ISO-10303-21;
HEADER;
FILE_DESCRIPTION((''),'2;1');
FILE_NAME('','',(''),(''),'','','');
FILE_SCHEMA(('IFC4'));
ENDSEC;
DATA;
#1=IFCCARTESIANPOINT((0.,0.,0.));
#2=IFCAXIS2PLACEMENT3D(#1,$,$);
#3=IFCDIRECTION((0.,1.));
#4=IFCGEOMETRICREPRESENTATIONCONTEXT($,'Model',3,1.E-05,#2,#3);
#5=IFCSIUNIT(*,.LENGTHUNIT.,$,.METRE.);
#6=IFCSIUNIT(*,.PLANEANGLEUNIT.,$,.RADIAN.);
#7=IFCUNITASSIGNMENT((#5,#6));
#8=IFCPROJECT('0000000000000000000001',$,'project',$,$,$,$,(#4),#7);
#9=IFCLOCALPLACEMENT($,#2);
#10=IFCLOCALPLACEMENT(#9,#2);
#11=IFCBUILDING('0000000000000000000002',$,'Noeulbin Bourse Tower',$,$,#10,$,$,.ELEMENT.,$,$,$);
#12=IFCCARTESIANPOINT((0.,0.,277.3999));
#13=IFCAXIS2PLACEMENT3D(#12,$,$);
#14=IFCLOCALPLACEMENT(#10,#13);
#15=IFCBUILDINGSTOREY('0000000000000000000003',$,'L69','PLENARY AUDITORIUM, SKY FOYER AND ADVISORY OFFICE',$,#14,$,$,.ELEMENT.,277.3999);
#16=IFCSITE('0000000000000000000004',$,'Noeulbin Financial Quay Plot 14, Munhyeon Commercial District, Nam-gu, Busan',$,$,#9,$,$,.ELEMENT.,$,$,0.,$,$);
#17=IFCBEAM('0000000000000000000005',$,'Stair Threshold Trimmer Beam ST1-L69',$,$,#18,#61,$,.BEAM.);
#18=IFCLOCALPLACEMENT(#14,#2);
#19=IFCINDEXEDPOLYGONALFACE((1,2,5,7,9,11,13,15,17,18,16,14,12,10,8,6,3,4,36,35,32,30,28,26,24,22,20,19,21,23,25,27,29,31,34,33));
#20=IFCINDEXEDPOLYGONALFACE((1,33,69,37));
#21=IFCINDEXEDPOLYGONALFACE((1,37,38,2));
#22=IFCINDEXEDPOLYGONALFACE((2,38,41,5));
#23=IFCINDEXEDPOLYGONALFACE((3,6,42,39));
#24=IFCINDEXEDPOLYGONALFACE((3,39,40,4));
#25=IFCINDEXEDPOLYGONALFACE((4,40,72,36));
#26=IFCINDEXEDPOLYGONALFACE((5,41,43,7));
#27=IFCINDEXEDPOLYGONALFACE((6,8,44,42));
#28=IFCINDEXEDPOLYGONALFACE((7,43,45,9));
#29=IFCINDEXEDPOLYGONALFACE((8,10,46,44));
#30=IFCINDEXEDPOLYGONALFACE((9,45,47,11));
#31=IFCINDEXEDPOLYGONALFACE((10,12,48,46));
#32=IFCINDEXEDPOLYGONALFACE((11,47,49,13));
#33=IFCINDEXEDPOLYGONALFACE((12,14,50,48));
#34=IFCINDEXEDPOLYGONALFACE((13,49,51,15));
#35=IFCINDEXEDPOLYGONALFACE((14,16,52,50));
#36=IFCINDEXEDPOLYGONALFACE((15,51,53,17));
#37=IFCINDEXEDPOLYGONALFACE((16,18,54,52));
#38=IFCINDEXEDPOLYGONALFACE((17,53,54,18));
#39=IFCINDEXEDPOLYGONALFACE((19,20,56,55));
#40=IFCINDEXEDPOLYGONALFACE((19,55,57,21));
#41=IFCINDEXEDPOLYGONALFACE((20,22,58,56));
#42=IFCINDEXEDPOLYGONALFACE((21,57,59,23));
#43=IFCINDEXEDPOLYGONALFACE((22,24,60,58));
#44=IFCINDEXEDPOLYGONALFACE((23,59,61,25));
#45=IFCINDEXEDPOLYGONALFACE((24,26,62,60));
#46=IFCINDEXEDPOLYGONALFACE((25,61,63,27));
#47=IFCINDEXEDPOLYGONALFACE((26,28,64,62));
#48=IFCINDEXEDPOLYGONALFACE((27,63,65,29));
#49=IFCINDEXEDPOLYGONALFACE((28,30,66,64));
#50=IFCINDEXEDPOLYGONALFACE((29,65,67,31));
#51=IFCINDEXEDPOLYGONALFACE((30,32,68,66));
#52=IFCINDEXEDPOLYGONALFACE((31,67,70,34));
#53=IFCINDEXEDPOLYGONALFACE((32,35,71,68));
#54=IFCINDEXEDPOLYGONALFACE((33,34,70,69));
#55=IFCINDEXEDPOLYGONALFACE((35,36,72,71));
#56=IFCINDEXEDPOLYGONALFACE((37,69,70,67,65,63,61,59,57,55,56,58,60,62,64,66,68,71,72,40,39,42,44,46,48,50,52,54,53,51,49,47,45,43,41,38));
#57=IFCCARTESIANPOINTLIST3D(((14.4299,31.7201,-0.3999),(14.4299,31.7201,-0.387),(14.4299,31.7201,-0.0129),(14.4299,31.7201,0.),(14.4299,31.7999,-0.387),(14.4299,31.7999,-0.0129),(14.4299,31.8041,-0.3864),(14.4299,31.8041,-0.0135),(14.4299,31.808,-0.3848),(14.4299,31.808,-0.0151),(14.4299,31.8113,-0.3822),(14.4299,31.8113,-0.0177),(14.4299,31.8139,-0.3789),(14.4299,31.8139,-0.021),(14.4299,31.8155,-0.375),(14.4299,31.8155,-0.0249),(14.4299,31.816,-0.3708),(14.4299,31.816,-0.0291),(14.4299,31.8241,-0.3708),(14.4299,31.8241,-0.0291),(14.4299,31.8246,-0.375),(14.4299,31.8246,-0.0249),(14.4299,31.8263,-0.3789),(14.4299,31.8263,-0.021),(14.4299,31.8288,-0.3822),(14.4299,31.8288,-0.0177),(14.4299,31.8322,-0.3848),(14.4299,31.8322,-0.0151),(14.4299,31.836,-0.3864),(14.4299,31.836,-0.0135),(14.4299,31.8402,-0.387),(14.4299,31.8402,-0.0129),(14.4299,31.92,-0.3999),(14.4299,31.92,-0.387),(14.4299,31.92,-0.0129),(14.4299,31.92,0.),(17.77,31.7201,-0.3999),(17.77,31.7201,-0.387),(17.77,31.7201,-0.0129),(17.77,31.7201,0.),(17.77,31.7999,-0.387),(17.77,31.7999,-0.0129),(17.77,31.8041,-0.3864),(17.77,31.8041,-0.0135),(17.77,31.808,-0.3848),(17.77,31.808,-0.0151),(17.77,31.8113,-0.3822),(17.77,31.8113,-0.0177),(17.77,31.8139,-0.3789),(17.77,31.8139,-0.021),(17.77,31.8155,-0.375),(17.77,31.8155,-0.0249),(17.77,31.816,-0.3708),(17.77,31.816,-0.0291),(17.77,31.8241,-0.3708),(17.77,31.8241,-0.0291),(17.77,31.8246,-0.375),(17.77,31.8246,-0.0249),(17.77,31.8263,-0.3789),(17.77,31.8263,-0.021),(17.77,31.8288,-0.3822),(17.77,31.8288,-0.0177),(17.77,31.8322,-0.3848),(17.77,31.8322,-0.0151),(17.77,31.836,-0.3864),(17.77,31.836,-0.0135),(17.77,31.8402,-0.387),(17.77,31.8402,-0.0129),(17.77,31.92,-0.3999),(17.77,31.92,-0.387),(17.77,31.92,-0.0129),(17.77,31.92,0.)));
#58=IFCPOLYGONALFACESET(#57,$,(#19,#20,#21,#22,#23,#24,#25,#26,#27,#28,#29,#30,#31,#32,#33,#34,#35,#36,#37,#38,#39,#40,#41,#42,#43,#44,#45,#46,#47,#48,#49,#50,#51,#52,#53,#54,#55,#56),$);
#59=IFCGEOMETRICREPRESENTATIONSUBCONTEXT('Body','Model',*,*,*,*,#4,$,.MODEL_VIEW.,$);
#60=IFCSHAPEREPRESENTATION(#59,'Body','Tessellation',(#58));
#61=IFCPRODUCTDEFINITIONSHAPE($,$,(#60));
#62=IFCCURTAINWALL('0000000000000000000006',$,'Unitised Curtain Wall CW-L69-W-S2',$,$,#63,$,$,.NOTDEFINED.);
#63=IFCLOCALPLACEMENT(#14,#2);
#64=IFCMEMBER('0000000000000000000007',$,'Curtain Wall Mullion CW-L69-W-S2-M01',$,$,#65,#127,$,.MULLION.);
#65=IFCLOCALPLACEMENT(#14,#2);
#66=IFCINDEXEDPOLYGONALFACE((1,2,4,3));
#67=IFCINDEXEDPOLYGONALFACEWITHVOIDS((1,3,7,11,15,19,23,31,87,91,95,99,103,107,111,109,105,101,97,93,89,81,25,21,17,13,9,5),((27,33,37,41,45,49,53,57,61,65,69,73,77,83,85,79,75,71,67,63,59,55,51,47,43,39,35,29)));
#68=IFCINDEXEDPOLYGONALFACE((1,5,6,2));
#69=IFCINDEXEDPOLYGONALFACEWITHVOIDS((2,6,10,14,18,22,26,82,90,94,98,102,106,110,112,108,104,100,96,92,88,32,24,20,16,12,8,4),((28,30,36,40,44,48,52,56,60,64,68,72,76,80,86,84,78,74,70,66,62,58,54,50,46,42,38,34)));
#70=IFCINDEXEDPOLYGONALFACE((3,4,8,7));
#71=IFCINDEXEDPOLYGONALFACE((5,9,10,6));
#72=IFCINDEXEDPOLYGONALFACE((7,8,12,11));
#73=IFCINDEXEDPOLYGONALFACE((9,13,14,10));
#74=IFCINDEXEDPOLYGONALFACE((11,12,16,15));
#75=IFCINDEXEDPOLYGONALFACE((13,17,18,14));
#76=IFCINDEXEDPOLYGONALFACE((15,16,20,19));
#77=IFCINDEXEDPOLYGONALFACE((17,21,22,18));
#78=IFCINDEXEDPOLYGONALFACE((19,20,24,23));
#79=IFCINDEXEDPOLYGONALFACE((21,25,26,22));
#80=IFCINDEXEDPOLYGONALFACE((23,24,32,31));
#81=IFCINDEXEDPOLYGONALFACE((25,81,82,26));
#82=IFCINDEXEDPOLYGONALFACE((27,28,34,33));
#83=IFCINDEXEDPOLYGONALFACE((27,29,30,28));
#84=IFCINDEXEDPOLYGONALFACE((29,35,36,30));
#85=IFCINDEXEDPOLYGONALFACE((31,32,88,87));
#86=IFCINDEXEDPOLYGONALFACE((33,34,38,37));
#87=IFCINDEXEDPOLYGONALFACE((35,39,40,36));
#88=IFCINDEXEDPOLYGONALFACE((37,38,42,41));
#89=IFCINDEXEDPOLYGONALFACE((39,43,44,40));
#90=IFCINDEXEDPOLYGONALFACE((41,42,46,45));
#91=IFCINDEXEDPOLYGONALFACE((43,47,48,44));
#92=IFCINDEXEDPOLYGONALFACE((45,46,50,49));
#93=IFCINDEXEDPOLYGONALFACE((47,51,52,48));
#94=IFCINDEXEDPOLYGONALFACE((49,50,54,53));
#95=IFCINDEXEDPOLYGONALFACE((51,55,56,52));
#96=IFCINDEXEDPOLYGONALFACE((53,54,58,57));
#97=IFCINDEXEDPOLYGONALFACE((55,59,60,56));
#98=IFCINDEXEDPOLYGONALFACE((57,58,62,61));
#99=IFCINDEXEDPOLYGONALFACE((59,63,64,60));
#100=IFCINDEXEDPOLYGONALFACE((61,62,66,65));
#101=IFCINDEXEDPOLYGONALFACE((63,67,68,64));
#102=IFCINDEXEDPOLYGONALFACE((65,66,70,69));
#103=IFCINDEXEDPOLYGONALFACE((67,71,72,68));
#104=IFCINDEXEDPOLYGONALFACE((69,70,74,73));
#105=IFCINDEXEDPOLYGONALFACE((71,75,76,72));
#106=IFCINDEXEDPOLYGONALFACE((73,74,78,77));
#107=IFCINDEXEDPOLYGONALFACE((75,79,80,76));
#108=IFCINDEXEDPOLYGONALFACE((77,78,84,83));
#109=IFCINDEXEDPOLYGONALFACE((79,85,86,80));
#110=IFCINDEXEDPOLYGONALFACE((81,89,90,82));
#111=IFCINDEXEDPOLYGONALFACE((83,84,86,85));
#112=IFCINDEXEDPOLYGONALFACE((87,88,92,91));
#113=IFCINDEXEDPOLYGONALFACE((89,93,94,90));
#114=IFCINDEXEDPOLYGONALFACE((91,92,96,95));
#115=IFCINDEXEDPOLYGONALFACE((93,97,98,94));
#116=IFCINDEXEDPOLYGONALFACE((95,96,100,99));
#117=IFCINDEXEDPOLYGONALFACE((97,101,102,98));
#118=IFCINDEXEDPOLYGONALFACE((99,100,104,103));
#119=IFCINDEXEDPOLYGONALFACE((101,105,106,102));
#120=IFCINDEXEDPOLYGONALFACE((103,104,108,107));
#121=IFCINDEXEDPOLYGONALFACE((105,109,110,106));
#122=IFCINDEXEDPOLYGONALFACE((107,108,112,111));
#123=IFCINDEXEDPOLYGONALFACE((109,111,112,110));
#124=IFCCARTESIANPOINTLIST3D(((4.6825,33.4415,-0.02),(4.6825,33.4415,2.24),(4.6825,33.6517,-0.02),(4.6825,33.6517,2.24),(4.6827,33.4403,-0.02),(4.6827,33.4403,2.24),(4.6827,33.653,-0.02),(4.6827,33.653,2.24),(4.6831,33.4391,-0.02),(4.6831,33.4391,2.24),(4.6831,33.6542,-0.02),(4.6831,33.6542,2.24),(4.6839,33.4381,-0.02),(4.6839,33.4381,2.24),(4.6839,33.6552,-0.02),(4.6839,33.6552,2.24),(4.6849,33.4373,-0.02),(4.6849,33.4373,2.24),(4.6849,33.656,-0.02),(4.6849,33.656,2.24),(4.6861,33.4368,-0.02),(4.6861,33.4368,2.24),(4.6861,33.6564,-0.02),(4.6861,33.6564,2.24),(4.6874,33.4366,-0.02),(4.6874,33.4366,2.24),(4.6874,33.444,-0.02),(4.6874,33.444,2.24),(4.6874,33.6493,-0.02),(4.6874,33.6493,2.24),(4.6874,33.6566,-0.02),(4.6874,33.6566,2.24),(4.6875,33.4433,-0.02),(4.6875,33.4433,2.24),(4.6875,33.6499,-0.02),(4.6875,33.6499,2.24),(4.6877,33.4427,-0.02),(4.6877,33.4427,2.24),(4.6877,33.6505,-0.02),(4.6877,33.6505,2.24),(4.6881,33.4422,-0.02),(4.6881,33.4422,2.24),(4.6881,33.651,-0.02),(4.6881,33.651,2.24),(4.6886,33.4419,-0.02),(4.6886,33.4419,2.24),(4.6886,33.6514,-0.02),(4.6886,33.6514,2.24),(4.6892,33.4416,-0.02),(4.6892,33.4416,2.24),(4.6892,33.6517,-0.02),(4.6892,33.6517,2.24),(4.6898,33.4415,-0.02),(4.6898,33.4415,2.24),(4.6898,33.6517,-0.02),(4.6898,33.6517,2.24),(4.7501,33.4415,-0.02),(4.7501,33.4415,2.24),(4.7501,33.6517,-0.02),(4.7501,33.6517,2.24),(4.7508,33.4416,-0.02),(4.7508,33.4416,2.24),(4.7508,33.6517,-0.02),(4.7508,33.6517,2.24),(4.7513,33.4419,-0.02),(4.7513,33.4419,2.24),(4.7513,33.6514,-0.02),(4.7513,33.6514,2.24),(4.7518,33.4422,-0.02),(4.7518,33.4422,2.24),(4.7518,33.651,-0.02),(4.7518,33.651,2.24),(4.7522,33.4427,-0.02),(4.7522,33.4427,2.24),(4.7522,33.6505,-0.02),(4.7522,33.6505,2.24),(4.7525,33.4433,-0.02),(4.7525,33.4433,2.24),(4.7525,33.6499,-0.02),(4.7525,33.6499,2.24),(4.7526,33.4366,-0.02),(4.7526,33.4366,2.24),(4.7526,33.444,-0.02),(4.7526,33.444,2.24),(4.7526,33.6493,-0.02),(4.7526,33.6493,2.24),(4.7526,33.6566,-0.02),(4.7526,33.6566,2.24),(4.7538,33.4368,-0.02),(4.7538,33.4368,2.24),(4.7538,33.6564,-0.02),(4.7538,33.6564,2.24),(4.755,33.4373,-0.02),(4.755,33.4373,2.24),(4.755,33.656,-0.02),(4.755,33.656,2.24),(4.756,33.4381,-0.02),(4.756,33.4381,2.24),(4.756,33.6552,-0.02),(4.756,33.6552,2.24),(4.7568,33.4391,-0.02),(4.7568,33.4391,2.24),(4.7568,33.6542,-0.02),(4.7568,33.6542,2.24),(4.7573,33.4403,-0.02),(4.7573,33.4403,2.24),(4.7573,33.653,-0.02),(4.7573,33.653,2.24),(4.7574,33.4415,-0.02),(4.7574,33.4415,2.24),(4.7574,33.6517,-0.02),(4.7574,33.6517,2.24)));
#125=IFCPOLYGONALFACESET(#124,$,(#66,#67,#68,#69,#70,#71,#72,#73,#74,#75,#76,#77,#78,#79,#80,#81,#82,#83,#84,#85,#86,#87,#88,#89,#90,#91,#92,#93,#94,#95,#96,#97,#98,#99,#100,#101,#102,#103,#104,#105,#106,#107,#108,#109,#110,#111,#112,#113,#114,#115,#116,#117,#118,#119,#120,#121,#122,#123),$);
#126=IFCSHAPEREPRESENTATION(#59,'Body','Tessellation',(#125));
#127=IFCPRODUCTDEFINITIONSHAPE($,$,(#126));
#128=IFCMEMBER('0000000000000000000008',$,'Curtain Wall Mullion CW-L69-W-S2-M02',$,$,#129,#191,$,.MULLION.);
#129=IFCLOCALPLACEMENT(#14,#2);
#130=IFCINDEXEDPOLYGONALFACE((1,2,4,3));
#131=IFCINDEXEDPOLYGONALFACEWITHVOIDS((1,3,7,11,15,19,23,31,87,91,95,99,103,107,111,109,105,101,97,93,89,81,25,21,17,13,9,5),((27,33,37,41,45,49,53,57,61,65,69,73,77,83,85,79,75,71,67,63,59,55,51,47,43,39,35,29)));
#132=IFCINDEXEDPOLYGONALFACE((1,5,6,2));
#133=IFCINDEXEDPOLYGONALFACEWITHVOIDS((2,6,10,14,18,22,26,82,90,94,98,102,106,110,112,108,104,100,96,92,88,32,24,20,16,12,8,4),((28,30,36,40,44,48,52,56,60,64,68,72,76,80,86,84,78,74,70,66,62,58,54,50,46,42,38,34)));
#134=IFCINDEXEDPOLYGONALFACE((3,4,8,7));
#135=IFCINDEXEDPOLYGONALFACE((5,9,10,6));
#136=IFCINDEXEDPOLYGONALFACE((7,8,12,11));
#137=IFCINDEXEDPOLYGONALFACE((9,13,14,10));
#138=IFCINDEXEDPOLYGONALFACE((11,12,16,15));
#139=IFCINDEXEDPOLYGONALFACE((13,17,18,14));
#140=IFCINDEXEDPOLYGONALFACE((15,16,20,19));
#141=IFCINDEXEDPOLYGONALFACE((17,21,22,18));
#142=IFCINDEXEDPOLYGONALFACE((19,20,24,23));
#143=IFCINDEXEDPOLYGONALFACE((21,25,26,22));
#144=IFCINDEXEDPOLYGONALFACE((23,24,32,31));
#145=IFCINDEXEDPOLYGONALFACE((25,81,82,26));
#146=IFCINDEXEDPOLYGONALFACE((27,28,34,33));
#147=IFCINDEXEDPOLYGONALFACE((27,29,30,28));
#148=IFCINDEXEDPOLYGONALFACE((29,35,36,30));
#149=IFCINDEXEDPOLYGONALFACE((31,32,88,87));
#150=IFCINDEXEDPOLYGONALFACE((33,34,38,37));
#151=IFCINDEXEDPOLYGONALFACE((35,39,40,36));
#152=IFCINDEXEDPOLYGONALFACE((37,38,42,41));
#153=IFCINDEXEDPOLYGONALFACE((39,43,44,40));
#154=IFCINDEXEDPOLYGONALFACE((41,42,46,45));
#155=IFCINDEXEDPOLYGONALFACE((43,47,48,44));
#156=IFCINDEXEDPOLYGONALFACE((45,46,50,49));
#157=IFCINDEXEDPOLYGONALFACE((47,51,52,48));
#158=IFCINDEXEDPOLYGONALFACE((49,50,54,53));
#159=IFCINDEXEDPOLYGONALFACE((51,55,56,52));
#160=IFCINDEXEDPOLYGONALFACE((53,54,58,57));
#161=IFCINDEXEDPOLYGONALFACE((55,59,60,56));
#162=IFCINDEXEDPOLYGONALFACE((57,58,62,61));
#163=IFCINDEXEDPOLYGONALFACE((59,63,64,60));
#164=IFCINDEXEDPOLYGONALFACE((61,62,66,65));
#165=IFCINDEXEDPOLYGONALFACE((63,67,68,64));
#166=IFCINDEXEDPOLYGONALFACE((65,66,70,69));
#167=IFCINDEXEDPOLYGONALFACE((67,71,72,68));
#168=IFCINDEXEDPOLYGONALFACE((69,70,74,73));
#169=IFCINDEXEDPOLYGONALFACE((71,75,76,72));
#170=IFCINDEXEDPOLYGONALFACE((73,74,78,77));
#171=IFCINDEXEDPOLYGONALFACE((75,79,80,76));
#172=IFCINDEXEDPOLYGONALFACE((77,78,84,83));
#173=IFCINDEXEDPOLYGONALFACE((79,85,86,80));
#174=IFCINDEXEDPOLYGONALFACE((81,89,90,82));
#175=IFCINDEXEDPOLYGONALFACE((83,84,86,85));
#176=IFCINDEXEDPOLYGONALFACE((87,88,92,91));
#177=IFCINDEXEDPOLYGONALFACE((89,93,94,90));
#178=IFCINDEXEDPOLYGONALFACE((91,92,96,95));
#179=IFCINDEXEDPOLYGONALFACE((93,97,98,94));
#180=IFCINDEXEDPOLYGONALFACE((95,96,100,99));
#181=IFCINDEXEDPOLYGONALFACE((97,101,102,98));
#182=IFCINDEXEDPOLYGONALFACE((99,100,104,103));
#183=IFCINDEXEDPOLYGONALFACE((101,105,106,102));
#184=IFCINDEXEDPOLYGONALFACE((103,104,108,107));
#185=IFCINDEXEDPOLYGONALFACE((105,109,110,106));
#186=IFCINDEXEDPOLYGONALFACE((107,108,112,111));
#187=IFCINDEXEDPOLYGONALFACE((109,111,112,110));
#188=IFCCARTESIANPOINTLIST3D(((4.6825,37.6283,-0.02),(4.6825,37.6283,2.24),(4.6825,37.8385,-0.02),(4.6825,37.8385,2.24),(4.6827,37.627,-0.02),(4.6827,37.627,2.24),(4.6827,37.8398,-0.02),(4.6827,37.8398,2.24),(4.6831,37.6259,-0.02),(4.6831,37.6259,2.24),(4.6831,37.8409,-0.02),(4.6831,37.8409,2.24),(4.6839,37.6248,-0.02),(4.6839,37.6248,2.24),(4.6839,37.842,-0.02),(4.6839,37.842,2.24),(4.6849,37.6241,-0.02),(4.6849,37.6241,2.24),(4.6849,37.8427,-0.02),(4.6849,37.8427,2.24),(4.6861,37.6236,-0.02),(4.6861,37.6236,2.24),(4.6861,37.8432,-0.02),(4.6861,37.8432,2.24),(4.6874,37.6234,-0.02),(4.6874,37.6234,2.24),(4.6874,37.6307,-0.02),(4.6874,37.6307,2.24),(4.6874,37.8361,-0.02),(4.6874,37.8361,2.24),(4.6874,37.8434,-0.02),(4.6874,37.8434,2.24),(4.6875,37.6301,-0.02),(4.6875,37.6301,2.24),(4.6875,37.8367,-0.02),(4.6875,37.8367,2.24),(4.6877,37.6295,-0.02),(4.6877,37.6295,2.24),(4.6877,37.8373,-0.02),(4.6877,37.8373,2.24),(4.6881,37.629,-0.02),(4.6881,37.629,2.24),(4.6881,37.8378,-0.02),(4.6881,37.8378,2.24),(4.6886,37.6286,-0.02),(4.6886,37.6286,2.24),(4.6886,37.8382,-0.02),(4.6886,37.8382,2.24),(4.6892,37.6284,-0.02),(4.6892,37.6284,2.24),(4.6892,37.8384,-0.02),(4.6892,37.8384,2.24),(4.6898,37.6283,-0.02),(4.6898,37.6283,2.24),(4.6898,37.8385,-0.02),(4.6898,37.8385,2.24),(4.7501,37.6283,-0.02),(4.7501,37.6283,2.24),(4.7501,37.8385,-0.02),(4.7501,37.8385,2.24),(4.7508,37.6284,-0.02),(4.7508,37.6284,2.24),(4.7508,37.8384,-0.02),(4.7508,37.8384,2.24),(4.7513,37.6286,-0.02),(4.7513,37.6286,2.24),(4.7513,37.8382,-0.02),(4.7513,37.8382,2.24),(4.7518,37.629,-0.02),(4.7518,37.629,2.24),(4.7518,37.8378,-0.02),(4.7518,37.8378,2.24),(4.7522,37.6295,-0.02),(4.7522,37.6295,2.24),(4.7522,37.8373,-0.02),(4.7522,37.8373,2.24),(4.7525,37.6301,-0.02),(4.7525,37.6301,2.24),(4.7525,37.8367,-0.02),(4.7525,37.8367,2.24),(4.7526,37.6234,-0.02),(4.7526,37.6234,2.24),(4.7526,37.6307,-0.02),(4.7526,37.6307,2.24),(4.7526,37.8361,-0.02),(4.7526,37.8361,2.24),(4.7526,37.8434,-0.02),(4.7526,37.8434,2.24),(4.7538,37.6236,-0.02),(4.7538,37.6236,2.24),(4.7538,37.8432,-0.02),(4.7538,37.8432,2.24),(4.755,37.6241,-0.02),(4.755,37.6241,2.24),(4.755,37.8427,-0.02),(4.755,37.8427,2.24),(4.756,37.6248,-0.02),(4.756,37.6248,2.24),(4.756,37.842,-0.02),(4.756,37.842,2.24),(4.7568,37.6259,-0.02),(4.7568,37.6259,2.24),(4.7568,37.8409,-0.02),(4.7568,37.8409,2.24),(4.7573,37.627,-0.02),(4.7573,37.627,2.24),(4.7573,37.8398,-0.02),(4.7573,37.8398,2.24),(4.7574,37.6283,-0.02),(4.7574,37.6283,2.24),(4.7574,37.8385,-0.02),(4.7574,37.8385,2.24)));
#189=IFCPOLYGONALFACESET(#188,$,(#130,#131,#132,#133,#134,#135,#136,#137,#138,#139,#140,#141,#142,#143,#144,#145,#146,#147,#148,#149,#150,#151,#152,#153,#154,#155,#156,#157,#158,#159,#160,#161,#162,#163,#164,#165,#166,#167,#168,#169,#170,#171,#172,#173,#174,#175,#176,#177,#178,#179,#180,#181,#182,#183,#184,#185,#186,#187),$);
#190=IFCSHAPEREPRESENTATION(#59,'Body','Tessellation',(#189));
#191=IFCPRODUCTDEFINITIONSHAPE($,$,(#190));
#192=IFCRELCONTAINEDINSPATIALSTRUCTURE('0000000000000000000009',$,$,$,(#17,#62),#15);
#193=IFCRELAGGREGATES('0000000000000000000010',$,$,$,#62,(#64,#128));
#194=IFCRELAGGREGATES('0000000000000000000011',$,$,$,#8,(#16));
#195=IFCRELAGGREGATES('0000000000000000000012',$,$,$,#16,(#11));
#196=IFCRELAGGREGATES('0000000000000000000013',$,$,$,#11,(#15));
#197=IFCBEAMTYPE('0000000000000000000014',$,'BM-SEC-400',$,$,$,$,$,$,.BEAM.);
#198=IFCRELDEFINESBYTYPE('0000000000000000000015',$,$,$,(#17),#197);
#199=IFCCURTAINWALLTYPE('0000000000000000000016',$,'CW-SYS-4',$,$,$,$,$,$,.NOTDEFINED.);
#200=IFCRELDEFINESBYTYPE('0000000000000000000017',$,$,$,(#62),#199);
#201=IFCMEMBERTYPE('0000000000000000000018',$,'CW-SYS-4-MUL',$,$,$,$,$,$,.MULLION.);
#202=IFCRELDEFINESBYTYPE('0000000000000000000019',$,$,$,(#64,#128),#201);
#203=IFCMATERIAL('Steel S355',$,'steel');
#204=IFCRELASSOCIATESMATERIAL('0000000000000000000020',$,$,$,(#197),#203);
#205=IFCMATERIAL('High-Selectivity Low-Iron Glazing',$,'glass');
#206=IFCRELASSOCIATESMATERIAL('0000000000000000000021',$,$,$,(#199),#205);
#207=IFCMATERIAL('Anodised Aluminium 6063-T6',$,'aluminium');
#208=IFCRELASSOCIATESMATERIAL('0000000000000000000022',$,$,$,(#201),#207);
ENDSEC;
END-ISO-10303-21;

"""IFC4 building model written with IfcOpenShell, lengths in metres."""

from ifc_helpers import new_model, si_unit, direction, frame, origin, origin_2d, place, context, subcontext, project, spatial, hollow_rectangle, i_section, extrude, material, material_profile, profile_set, type_object, element, aggregate, save


model = new_model("IFC4")

# Units and contexts
model_context = context("Model", 3, precision=1e-05, world=origin(), true_north=direction((0.0, 1.0)))
body_context = subcontext(model_context, "Body", "Model", "MODEL_VIEW")
ifc_project = project(units=[si_unit("LENGTHUNIT", "METRE"), si_unit("PLANEANGLEUNIT", "RADIAN")], contexts=[model_context])

# Site, building, storey
site_placement = place(None, origin())
site = spatial("IfcSite", under=ifc_project, at=site_placement, Name="Noeulbin Financial Quay Plot 14, Munhyeon Commercial District, Nam-gu, Busan", CompositionType="ELEMENT", RefElevation=0.0)
building_placement = place(site_placement, origin())
building = spatial("IfcBuilding", under=site, at=building_placement, Name="Noeulbin Bourse Tower", CompositionType="ELEMENT")
storey_placement = place(building_placement, frame((0.0, 0.0, 277.3999)))
storey = spatial("IfcBuildingStorey", under=building, at=storey_placement, Name="L69", Description="PLENARY AUDITORIUM, SKY FOYER AND ADVISORY OFFICE", CompositionType="ELEMENT", Elevation=277.3999)

# Shared definitions
ifc_material_1 = material(Name="Steel S355", Category="steel")

# Beam
ifc_material_profile_1 = material_profile(ifc_material_1, i_section(OverallWidth=0.2, OverallDepth=0.3999, WebThickness=0.0081, FlangeThickness=0.0129, FilletRadius=0.0161, at=origin_2d()), Name="H-400x200x8x13", Category="LoadBearing")
ifc_profile_set_1 = profile_set([ifc_material_profile_1], Name="Steel S355")
beam_type_1 = type_object("IfcBeamType", Name="BM-SEC-400", PredefinedType="BEAM", material=ifc_profile_set_1)
beam_1_placement = place(storey_placement, frame((14.4299, 31.8201, -0.2), z_axis=(1.0, 0.0, 0.0), x_axis=(0.0, 1.0, 0.0)))
element("IfcBeam", 1, at=beam_1_placement, inside=storey, type_object=beam_type_1, Name="Stair Threshold Trimmer Beam ST1-L69", PredefinedType="BEAM", context=body_context, shape_type="SweptSolid", body=[
    extrude(i_section(OverallWidth=0.2, OverallDepth=0.3999, WebThickness=0.0081, FlangeThickness=0.0129, FilletRadius=0.0161, at=origin_2d()), origin(), (0.0, 0.0, 1.0), 3.3401),
])

# Curtain wall, members
ifc_material_2 = material(Name="High-Selectivity Low-Iron Glazing", Category="glass")
curtain_wall_type = type_object("IfcCurtainWallType", Name="CW-SYS-4", PredefinedType="NOTDEFINED", material=ifc_material_2)
curtain_wall_placement = place(storey_placement, origin())
curtain_wall = element("IfcCurtainWall", 2, at=curtain_wall_placement, inside=storey, type_object=curtain_wall_type, Name="Unitised Curtain Wall CW-L69-W-S2", PredefinedType="NOTDEFINED")
ifc_material_3 = material(Name="Anodised Aluminium 6063-T6", Category="aluminium")
ifc_material_profile_2 = material_profile(ifc_material_3, hollow_rectangle(XDim=0.075, YDim=0.22, WallThickness=0.0049, InnerFilletRadius=0.0024, OuterFilletRadius=0.0049, at=origin_2d()), Name="ALU-MULL-75x220x5", Category="LoadBearing")
ifc_profile_set_2 = profile_set([ifc_material_profile_2], Name="Anodised Aluminium 6063-T6")
member_type = type_object("IfcMemberType", Name="CW-SYS-4-MUL", PredefinedType="MULLION", material=ifc_profile_set_2)
member_1_placement = place(storey_placement, frame((4.72, 33.5466, -0.02), z_axis=(0.0, 0.0, 1.0), x_axis=(1.0, 0.0, 0.0)))
member_1 = element("IfcMember", 3, at=member_1_placement, type_object=member_type, Name="Curtain Wall Mullion CW-L69-W-S2-M01", PredefinedType="MULLION", context=body_context, shape_type="SweptSolid", body=[
    extrude(hollow_rectangle(XDim=0.075, YDim=0.22, WallThickness=0.0049, InnerFilletRadius=0.0024, OuterFilletRadius=0.0049, at=origin_2d()), origin(), (0.0, 0.0, 1.0), 2.26),
])
member_2_placement = place(storey_placement, frame((4.72, 37.7334, -0.02), z_axis=(0.0, 0.0, 1.0), x_axis=(1.0, 0.0, 0.0)))
member_2 = element("IfcMember", 4, at=member_2_placement, type_object=member_type, Name="Curtain Wall Mullion CW-L69-W-S2-M02", PredefinedType="MULLION", context=body_context, shape_type="SweptSolid", body=[
    extrude(hollow_rectangle(XDim=0.075, YDim=0.22, WallThickness=0.0049, InnerFilletRadius=0.0024, OuterFilletRadius=0.0049, at=origin_2d()), origin(), (0.0, 0.0, 1.0), 2.26),
])
aggregate(curtain_wall, [member_1, member_2])

save(model, "model.ifc")
